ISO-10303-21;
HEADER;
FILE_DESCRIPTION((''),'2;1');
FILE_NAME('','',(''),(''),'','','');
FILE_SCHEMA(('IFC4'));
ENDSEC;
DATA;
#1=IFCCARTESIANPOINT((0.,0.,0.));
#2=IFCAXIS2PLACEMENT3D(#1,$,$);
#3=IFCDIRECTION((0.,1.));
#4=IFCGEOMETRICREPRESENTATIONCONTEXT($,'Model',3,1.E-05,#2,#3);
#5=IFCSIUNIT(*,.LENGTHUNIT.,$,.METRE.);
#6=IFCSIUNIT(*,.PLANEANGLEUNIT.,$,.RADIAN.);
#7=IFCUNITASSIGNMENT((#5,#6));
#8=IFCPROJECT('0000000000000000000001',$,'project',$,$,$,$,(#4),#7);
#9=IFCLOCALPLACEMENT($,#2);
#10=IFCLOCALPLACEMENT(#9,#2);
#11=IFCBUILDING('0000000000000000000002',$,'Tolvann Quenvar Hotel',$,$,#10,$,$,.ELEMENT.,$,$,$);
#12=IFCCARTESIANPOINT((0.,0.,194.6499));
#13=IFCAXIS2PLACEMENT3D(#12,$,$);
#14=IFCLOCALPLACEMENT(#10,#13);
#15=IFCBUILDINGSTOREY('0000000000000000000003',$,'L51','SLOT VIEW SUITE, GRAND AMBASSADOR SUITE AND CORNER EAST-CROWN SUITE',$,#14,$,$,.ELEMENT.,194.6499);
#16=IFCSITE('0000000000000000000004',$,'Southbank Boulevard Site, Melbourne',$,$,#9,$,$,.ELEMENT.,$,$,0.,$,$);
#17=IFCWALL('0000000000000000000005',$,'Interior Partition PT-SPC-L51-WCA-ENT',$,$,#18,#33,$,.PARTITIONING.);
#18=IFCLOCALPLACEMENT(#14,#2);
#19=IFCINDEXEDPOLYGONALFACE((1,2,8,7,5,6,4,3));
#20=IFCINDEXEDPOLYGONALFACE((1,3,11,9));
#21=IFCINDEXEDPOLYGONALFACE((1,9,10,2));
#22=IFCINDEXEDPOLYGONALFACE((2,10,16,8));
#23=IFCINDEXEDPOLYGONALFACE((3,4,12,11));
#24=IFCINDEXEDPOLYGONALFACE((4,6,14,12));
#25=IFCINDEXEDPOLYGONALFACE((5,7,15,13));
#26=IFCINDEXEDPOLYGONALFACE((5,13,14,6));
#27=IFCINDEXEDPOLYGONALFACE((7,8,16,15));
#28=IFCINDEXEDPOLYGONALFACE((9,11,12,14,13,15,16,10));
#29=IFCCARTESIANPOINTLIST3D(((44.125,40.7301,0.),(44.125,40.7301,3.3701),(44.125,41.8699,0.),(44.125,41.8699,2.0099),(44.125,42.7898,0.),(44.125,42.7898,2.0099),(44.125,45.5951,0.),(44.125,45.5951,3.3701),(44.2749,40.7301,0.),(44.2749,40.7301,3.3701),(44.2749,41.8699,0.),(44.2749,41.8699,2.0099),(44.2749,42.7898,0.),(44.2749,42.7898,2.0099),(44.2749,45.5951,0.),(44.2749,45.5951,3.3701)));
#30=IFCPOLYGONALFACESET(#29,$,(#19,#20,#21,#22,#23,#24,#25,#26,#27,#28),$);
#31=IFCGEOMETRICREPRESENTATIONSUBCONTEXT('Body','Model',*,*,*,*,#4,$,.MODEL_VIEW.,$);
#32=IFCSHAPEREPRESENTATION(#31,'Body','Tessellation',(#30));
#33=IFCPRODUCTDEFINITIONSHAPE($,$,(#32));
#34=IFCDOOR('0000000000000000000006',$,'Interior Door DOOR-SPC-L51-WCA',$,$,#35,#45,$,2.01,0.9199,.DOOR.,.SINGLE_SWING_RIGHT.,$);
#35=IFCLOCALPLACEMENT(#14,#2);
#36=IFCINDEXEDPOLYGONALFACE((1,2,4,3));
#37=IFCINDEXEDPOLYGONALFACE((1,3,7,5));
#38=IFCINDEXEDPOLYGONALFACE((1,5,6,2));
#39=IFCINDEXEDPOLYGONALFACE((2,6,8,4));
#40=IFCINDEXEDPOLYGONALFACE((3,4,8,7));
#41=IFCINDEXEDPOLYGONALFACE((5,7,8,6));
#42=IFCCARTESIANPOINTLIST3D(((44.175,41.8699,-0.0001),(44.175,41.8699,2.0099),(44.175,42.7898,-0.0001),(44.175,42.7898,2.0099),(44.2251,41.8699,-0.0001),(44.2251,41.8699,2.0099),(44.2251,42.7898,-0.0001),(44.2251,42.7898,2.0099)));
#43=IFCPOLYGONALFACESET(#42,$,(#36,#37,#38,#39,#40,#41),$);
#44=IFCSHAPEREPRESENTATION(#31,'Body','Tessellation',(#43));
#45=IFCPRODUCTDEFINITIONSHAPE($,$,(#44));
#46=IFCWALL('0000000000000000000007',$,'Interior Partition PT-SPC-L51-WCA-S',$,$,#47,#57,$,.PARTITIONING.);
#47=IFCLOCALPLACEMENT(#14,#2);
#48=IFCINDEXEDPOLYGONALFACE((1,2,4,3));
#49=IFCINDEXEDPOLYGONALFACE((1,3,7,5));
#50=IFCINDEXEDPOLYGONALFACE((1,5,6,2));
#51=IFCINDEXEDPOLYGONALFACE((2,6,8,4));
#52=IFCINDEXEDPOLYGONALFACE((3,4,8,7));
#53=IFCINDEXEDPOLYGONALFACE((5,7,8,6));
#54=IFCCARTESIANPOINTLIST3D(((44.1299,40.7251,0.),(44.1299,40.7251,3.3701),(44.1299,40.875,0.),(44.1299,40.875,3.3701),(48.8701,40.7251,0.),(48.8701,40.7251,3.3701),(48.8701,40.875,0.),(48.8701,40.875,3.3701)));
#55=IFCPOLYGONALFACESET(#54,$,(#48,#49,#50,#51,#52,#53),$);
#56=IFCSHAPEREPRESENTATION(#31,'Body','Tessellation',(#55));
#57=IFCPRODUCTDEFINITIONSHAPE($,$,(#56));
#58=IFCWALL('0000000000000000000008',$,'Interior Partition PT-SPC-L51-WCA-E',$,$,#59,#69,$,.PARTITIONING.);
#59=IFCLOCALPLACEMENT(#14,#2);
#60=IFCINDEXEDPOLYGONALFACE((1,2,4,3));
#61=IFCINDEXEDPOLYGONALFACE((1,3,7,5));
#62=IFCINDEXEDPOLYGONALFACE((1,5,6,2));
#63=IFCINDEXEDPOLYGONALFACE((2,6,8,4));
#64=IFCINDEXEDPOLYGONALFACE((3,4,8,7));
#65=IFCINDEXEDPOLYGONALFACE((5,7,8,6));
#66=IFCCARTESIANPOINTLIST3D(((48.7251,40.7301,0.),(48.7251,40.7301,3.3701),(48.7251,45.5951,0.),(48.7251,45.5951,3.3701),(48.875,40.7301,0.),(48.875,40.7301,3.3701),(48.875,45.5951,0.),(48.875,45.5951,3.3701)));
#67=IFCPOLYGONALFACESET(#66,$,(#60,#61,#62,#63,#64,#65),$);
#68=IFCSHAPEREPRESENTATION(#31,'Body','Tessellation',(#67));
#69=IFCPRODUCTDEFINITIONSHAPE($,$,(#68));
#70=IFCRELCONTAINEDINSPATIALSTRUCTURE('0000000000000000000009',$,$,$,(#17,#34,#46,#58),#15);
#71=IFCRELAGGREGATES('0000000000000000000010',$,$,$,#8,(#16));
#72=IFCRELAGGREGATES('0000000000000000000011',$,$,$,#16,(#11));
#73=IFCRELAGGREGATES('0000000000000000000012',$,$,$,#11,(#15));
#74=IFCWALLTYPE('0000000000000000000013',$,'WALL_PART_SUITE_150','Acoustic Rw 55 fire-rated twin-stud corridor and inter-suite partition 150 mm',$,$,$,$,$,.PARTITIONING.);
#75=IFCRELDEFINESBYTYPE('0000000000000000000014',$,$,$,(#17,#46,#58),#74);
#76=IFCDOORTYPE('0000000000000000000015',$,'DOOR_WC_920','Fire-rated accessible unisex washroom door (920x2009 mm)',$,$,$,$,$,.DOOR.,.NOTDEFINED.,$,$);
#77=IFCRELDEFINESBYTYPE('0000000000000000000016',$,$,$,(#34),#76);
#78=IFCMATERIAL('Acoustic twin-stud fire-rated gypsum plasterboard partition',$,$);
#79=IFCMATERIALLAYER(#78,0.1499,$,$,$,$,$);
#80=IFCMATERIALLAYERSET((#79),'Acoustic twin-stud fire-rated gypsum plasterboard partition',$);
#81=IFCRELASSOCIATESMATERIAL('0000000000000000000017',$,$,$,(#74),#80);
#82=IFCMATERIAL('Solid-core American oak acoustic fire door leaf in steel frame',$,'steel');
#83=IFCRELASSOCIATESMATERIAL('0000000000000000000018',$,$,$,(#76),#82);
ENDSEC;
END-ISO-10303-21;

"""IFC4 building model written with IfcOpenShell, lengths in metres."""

from ifc_helpers import new_model, si_unit, direction, frame, frame_2d, origin, place, context, subcontext, project, spatial, rectangle, extrude, source, transform, mapped, material, layer, layer_set, type_object, type_shapes, element, fill, save


model = new_model("IFC4")

# Units and contexts
model_context = context("Model", 3, precision=1e-05, world=origin(), true_north=direction((0.0, 1.0)))
body_context = subcontext(model_context, "Body", "Model", "MODEL_VIEW")
ifc_project = project(units=[si_unit("LENGTHUNIT", "METRE"), si_unit("PLANEANGLEUNIT", "RADIAN")], contexts=[model_context])

# Site, building, storey
site_placement = place(None, origin())
site = spatial("IfcSite", under=ifc_project, at=site_placement, Name="Southbank Boulevard Site, Melbourne", CompositionType="ELEMENT", RefElevation=0.0)
building_placement = place(site_placement, origin())
building = spatial("IfcBuilding", under=site, at=building_placement, Name="Tolvann Quenvar Hotel", CompositionType="ELEMENT")
storey_placement = place(building_placement, frame((0.0, 0.0, 194.6499)))
storey = spatial("IfcBuildingStorey", under=building, at=storey_placement, Name="L51", Description="SLOT VIEW SUITE, GRAND AMBASSADOR SUITE AND CORNER EAST-CROWN SUITE", CompositionType="ELEMENT", Elevation=194.6499)

# Wall, opening, door
ifc_material_1 = material(Name="Acoustic twin-stud fire-rated gypsum plasterboard partition")
ifc_layer_1 = layer(ifc_material_1, 0.1499)
ifc_layer_set_1 = layer_set([ifc_layer_1], Name="Acoustic twin-stud fire-rated gypsum plasterboard partition")
wall_type_1 = type_object("IfcWallType", Name="WALL_PART_SUITE_150", Description="Acoustic Rw 55 fire-rated twin-stud corridor and inter-suite partition 150 mm", PredefinedType="PARTITIONING", material=ifc_layer_set_1)
wall_1_placement = place(storey_placement, frame((44.2, 40.73, 0.0), z_axis=(0.0, 0.0, 1.0), x_axis=(0.0, 1.0, 0.0)))
wall_1 = element("IfcWall", 1, at=wall_1_placement, inside=storey, type_object=wall_type_1, Name="Interior Partition PT-SPC-L51-WCA-ENT", PredefinedType="PARTITIONING", context=body_context, shape_type="SweptSolid", body=[
    extrude(rectangle(XDim=4.865, YDim=0.1499, at=frame_2d((2.4326, 0.0))), origin(), (0.0, 0.0, 1.0), 3.3701),
])
opening_1_placement = place(wall_1_placement, frame((1.1399, 0.0, 0.0)))
opening_1 = element("IfcOpeningElement", 2, at=opening_1_placement, cuts=wall_1, PredefinedType="OPENING", context=body_context, shape_type="SweptSolid", body=[
    extrude(rectangle(XDim=0.9199, YDim=2.01, at=frame_2d((0.46, 1.0049))), frame((0.0, 0.085, 0.0), z_axis=(0.0, -1.0, 0.0), x_axis=(1.0, 0.0, 0.0)), (0.0, 0.0, 1.0), 0.1699),
])
ifc_material_2 = material(Name="Solid-core American oak acoustic fire door leaf in steel frame", Category="steel")
door_type = type_object("IfcDoorType", Name="DOOR_WC_920", Description="Fire-rated accessible unisex washroom door (920x2009 mm)", OperationType="NOTDEFINED", PredefinedType="DOOR", material=ifc_material_2)
shared_shape_1 = source(origin(), body_context, "Body", "SweptSolid", [
    extrude(rectangle(XDim=0.9199, YDim=2.01, at=frame_2d((0.46, 1.0049))), frame((0.0, 0.0249, 0.0), z_axis=(0.0, -1.0, 0.0), x_axis=(1.0, 0.0, 0.0)), (0.0, 0.0, 1.0), 0.05),
])
type_shapes(door_type, [shared_shape_1])
door_placement = place(opening_1_placement, origin())
door = element("IfcDoor", 3, at=door_placement, inside=storey, type_object=door_type, Name="Interior Door DOOR-SPC-L51-WCA", OperationType="SINGLE_SWING_RIGHT", OverallHeight=2.01, OverallWidth=0.9199, PredefinedType="DOOR", context=body_context, shape_type="MappedRepresentation", body=[
    mapped(shared_shape_1, transform((0.0, 0.0, 0.0), x_axis=(1.0, 0.0, 0.0), y_axis=(0.0, 1.0, 0.0), z_axis=(0.0, 0.0, 1.0), scale=1.0)),
])
fill(opening_1, door)

# Walls
wall_2_placement = place(storey_placement, frame((44.1299, 40.8, 0.0), z_axis=(0.0, 0.0, 1.0), x_axis=(1.0, 0.0, 0.0)))
element("IfcWall", 4, at=wall_2_placement, inside=storey, type_object=wall_type_1, Name="Interior Partition PT-SPC-L51-WCA-S", PredefinedType="PARTITIONING", context=body_context, shape_type="SweptSolid", body=[
    extrude(rectangle(XDim=4.7402, YDim=0.1499, at=frame_2d((2.3701, 0.0))), origin(), (0.0, 0.0, 1.0), 3.3701),
])
wall_3_placement = place(storey_placement, frame((48.8, 40.73, 0.0), z_axis=(0.0, 0.0, 1.0), x_axis=(0.0, 1.0, 0.0)))
element("IfcWall", 5, at=wall_3_placement, inside=storey, type_object=wall_type_1, Name="Interior Partition PT-SPC-L51-WCA-E", PredefinedType="PARTITIONING", context=body_context, shape_type="SweptSolid", body=[
    extrude(rectangle(XDim=4.865, YDim=0.1499, at=frame_2d((2.4326, 0.0))), origin(), (0.0, 0.0, 1.0), 3.3701),
])

save(model, "model.ifc")
